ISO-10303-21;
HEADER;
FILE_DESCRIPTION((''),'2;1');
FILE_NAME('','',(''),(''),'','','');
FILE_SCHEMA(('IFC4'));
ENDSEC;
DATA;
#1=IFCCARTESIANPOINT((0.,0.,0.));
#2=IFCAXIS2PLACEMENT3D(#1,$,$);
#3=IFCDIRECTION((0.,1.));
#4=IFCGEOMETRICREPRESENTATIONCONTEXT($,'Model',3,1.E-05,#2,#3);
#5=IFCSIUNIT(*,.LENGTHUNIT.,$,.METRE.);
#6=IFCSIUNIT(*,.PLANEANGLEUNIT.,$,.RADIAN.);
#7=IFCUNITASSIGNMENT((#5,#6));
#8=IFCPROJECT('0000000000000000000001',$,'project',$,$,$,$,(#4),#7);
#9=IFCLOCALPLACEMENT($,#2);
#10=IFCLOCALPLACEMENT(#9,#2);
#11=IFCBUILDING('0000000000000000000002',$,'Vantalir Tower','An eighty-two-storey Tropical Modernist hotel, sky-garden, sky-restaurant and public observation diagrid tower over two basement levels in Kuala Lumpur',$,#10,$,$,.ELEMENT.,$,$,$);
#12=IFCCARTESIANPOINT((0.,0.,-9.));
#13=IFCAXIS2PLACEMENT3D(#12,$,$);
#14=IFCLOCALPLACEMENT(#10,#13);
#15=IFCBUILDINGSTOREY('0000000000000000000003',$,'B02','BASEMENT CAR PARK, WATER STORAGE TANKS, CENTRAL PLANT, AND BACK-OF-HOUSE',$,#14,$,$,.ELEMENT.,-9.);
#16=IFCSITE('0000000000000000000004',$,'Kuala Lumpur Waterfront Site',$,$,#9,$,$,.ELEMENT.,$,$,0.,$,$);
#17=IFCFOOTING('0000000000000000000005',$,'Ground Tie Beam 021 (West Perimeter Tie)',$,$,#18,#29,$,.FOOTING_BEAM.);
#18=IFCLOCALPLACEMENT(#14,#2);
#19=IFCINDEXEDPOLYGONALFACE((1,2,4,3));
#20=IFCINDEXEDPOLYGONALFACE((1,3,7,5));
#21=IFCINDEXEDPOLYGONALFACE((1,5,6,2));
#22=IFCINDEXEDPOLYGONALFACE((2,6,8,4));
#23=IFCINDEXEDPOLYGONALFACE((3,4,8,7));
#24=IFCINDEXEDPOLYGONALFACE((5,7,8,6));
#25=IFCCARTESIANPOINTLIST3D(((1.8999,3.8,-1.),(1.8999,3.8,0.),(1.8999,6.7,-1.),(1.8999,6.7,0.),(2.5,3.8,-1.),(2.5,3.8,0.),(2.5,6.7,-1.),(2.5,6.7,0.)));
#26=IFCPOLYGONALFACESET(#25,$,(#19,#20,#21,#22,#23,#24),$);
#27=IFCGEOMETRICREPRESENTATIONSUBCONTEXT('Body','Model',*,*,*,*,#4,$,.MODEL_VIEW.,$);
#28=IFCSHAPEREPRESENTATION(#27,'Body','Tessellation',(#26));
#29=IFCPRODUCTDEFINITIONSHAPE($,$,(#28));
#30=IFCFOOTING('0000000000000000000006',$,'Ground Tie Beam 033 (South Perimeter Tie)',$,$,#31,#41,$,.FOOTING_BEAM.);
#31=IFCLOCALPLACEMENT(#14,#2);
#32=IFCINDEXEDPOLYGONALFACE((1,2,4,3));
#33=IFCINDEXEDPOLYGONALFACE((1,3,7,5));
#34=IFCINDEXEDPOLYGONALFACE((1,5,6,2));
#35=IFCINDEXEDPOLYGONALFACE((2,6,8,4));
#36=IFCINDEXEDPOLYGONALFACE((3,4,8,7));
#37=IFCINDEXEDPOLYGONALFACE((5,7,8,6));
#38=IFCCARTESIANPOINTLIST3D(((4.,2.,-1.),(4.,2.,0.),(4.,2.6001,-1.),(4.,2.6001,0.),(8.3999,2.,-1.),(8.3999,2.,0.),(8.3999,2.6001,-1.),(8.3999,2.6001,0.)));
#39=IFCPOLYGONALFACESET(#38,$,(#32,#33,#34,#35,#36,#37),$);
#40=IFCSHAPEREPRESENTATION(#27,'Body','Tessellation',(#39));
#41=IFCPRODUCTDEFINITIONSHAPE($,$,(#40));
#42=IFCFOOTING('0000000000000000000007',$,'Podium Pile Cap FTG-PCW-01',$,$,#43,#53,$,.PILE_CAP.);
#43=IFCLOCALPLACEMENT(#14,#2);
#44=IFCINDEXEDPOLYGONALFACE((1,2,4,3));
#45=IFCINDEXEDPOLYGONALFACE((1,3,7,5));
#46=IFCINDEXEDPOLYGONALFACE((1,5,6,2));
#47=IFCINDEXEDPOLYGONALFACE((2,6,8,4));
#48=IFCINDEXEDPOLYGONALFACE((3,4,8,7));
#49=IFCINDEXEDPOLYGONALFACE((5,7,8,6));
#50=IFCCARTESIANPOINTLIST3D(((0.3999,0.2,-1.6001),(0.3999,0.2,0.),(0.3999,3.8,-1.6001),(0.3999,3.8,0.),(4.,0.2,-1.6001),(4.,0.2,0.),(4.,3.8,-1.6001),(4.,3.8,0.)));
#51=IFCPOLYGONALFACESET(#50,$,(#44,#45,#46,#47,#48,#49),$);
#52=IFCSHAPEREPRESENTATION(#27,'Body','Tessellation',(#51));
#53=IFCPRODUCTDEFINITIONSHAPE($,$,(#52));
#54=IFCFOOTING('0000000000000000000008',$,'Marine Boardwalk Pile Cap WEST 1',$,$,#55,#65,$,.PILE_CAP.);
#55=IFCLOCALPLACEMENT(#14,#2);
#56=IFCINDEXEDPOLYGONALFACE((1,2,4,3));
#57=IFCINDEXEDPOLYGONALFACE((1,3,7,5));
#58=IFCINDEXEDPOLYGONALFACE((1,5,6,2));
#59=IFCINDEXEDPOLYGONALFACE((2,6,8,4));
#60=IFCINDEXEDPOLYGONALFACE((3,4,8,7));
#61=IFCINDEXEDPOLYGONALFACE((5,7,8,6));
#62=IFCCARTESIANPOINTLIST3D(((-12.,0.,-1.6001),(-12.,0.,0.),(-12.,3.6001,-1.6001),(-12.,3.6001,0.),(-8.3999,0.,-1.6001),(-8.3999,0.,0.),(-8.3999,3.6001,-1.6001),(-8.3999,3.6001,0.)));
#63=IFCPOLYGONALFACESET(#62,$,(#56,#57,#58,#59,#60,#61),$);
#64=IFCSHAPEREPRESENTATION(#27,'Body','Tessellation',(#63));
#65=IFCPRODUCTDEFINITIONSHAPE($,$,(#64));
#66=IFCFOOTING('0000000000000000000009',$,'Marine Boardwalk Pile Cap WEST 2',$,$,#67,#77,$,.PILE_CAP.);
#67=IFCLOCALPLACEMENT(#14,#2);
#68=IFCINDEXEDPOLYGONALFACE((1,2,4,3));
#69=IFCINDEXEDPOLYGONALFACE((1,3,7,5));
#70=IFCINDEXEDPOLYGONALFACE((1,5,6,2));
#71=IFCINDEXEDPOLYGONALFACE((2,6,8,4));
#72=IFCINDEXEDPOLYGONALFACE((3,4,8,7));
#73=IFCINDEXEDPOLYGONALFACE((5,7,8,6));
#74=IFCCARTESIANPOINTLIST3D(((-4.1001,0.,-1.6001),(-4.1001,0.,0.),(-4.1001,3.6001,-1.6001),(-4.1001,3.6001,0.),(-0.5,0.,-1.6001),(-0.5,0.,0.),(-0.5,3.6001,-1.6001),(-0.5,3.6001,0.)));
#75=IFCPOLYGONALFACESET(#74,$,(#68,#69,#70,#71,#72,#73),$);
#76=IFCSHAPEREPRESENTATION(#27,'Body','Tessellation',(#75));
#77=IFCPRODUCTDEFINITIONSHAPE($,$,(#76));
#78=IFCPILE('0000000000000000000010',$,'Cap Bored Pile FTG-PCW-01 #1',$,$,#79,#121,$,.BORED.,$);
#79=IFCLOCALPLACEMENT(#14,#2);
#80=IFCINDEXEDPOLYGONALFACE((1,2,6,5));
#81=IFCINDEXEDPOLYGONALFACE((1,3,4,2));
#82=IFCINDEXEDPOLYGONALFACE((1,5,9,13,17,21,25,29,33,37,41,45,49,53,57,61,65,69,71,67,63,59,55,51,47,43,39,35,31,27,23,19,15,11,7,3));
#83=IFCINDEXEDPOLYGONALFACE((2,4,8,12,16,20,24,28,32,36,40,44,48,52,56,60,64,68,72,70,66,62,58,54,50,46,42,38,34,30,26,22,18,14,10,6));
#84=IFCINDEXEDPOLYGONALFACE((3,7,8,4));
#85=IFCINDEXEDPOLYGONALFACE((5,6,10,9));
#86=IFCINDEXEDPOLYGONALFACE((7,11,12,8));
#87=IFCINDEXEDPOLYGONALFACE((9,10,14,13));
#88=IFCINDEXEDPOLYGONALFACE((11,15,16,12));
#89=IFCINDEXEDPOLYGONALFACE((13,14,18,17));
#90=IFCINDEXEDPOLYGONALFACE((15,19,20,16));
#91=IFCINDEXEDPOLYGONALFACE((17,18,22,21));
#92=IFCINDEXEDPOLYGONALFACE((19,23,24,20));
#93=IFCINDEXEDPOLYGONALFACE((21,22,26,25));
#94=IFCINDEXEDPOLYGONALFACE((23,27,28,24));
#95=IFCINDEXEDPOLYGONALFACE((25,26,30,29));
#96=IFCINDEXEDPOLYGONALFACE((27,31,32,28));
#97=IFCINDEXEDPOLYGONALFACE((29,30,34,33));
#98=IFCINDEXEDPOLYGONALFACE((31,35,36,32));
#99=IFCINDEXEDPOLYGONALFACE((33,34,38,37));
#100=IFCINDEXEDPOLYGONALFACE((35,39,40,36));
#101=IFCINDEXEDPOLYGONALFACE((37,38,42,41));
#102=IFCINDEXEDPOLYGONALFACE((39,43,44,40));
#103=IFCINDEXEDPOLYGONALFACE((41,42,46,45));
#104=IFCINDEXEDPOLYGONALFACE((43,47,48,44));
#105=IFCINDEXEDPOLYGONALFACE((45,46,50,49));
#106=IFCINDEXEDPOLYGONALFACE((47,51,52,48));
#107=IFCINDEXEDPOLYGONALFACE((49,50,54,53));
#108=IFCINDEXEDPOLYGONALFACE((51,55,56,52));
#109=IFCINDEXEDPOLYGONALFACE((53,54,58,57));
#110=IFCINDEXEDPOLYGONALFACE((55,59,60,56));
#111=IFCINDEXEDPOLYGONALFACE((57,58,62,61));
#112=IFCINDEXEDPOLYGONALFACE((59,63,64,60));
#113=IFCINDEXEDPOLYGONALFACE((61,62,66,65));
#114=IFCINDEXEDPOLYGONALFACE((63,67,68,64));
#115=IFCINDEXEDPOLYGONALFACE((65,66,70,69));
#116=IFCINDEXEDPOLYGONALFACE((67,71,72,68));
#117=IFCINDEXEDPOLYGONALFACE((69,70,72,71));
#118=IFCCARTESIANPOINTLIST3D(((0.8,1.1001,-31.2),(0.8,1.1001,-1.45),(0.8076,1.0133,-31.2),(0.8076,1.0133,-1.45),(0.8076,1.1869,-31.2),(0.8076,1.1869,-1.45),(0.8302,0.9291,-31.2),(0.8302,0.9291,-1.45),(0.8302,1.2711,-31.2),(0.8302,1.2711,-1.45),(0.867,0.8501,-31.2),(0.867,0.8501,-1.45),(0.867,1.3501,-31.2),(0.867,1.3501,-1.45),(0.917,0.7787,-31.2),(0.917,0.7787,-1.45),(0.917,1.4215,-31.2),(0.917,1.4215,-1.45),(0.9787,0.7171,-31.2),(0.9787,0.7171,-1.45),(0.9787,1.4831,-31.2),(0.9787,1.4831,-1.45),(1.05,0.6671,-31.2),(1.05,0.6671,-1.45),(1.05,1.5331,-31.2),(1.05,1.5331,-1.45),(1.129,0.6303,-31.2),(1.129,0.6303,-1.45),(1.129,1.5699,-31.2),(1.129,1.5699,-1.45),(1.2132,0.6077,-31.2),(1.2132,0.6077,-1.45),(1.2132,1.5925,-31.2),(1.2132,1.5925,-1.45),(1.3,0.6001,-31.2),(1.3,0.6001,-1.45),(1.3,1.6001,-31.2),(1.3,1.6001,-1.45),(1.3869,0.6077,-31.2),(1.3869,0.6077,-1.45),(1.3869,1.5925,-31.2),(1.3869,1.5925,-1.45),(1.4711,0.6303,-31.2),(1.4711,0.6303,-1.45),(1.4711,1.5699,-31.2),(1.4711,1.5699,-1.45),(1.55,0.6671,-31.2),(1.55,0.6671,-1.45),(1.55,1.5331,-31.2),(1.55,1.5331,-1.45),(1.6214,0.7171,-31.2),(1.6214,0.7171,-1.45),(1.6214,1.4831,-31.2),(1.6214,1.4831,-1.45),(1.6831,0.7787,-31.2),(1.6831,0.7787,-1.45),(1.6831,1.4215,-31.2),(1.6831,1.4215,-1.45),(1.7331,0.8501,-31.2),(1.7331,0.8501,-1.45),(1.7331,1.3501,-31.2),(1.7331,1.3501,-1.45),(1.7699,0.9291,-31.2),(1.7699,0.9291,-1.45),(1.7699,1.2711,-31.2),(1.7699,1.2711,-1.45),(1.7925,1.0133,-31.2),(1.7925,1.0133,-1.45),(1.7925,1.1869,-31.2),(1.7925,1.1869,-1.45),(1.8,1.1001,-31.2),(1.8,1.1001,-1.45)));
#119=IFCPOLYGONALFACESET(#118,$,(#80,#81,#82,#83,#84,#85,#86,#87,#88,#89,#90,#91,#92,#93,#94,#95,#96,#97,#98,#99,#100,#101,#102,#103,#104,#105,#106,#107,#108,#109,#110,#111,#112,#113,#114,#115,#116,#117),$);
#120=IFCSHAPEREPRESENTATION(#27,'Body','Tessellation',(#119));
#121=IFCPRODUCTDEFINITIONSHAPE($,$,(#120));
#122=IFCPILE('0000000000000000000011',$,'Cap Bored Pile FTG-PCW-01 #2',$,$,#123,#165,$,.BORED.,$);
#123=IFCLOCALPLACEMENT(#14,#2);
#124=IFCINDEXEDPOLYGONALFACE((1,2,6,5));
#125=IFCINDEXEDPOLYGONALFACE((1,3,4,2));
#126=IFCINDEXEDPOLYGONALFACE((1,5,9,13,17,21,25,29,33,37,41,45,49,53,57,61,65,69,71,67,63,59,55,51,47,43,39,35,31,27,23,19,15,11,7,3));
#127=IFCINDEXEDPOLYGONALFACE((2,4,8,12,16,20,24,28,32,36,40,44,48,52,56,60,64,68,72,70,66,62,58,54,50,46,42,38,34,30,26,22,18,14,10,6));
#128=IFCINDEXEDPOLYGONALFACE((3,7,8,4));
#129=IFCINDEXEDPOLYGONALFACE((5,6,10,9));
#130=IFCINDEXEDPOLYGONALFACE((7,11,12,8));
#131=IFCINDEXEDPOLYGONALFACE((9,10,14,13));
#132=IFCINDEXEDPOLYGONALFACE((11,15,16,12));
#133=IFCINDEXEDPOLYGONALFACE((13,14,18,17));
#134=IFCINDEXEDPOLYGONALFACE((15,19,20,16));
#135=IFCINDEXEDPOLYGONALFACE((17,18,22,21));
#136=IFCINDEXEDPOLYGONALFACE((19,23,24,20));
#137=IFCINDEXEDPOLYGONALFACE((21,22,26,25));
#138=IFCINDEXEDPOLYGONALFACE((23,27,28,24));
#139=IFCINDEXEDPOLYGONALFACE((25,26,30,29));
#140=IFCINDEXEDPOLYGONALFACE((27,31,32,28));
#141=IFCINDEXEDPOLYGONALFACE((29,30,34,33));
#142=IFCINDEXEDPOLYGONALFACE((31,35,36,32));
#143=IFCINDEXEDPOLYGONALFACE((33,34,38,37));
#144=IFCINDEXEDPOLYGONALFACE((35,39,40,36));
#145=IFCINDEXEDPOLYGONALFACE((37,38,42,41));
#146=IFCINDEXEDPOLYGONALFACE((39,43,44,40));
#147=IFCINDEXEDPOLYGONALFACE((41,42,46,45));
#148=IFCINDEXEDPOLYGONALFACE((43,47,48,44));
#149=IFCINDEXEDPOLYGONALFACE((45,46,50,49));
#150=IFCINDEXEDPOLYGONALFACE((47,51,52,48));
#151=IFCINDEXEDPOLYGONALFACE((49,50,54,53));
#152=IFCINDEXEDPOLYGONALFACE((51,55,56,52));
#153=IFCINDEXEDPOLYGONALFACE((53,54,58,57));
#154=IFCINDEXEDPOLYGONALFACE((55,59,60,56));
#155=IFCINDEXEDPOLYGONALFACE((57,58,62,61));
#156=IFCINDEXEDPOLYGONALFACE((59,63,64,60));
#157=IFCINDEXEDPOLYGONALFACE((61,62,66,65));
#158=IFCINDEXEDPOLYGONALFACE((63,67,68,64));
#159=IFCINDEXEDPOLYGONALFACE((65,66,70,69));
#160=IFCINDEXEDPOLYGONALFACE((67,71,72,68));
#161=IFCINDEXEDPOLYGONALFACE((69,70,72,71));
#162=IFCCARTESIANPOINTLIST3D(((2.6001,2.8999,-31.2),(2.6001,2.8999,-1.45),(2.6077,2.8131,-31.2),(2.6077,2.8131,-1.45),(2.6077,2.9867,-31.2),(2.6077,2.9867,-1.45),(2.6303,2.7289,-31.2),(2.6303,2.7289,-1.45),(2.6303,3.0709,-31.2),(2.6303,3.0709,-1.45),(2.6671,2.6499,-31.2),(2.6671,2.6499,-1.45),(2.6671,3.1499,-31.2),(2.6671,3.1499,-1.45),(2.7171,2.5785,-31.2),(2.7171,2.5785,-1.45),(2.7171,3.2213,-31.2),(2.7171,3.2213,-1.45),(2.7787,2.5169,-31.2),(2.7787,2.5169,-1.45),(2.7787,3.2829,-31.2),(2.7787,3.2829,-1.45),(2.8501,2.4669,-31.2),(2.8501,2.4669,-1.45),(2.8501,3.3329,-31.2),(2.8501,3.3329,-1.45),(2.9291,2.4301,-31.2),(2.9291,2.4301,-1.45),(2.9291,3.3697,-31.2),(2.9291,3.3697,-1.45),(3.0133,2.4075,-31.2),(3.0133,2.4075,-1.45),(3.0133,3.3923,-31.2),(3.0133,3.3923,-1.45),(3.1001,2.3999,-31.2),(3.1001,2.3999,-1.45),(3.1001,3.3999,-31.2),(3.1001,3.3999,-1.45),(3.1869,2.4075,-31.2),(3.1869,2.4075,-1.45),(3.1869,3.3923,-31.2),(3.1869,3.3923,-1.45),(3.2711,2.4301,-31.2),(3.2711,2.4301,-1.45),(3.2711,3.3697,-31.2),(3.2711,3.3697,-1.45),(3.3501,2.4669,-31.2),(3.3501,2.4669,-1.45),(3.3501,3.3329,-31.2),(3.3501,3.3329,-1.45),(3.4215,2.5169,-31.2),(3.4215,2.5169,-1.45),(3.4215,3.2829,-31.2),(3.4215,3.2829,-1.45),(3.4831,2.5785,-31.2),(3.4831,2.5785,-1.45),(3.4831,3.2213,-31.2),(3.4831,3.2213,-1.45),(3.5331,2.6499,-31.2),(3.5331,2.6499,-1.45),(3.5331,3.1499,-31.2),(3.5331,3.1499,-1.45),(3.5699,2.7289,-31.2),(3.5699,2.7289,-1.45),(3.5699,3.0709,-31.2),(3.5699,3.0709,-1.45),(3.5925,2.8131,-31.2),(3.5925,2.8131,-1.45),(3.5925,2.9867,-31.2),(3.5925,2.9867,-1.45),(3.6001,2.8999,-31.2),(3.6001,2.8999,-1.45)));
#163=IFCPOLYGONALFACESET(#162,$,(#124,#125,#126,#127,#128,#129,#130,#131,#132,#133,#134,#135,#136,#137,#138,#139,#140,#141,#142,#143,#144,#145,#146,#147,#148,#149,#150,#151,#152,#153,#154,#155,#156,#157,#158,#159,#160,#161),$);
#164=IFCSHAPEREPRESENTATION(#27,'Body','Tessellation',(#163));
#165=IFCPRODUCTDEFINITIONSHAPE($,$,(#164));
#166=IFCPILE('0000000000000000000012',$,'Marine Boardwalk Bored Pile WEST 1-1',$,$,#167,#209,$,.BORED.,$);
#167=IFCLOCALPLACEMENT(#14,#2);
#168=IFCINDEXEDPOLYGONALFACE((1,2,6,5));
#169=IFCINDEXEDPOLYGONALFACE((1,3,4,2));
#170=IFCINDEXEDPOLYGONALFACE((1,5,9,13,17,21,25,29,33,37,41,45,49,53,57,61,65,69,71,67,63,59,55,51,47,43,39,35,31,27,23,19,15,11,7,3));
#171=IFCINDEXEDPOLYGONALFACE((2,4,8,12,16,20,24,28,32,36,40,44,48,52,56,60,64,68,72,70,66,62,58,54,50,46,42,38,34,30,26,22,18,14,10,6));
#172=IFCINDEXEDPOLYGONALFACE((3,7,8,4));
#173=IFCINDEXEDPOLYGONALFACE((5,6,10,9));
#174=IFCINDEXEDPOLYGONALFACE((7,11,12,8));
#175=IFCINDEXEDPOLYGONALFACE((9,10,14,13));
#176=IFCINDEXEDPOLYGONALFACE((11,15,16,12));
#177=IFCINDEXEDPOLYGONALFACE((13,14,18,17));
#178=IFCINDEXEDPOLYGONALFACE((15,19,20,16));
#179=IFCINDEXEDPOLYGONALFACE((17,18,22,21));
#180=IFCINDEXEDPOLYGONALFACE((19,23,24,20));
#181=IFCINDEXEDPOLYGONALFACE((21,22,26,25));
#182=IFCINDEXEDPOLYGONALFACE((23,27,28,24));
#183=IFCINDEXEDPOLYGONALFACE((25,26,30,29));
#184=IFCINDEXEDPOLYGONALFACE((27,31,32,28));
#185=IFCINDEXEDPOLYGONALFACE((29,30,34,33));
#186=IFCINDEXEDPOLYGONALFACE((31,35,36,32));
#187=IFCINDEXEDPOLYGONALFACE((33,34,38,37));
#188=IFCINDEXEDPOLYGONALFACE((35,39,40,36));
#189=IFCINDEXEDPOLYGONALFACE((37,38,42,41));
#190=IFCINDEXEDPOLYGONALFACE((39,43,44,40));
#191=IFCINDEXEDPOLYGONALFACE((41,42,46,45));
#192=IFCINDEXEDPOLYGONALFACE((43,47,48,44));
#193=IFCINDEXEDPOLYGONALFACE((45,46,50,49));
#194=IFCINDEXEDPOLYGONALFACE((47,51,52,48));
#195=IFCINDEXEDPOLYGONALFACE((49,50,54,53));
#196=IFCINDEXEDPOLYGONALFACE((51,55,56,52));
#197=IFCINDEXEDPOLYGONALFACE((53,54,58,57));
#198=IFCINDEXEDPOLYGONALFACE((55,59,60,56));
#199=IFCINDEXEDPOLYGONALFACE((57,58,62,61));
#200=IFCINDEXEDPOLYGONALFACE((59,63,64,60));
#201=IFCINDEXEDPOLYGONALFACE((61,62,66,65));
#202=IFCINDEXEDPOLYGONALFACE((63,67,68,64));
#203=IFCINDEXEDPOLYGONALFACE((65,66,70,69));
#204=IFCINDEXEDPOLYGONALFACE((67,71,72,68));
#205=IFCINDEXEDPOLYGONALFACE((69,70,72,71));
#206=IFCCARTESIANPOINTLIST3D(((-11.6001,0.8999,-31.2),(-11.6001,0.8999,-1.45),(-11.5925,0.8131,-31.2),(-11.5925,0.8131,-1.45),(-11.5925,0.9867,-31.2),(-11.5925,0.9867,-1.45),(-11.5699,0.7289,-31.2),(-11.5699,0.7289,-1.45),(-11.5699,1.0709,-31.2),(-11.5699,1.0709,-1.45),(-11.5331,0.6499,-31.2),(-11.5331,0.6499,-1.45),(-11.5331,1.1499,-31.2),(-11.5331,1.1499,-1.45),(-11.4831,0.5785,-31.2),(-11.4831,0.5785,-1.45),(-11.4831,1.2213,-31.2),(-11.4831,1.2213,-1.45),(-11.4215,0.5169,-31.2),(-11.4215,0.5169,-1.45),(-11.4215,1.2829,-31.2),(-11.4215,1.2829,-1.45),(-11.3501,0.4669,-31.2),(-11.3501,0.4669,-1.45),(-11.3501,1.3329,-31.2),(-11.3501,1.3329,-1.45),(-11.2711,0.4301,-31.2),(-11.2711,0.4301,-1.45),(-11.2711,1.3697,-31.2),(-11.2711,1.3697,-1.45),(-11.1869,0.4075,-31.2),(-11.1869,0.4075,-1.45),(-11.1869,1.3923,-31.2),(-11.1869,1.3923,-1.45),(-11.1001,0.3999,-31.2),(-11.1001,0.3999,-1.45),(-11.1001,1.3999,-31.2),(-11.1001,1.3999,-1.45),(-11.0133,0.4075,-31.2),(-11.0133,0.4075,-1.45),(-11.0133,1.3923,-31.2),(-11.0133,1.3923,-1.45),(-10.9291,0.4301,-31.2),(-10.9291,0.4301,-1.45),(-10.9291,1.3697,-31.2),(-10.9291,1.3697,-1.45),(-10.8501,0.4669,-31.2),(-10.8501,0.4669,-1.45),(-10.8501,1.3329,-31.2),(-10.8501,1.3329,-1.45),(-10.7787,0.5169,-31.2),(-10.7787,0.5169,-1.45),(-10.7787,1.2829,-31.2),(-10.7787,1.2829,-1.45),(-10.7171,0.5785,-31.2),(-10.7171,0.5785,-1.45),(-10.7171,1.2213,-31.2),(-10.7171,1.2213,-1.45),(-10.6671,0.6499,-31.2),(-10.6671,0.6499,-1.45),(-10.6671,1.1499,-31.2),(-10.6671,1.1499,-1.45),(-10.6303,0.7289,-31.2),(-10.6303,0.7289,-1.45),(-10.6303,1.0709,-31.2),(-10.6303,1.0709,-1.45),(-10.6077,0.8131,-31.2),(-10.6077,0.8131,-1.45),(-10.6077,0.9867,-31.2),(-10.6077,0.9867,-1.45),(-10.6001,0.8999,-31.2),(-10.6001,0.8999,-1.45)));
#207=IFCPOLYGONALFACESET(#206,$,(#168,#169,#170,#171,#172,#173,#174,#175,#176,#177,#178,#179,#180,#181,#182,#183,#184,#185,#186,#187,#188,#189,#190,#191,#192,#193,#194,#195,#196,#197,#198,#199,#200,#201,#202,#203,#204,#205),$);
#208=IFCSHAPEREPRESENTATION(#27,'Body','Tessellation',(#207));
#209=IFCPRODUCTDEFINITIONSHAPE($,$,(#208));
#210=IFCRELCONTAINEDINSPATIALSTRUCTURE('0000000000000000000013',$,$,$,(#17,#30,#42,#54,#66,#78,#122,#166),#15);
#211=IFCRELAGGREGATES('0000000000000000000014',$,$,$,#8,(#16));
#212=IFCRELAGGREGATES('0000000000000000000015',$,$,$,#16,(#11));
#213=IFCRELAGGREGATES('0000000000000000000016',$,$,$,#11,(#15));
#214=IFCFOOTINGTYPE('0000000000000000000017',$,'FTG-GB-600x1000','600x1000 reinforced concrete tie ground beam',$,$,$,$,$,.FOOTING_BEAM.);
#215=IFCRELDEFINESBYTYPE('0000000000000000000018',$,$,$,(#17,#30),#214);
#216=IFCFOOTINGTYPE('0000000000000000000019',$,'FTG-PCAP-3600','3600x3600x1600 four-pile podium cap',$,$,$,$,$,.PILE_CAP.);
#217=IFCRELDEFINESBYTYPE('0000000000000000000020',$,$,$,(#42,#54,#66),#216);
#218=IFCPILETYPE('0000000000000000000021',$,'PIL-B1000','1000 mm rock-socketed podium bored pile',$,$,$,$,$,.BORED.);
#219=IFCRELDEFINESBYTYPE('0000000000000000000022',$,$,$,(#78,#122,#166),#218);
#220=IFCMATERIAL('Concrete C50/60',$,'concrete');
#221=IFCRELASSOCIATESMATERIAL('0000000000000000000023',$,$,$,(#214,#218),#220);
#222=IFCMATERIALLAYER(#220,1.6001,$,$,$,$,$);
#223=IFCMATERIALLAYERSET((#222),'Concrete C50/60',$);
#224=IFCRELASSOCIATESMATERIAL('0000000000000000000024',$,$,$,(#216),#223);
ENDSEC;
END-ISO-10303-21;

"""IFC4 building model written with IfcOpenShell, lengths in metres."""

from ifc_helpers import new_model, si_unit, direction, frame, origin, origin_2d, place, context, subcontext, project, spatial, rectangle, circle, extrude, material, layer, layer_set, material_profile, profile_set, type_object, element, save


model = new_model("IFC4")

# Units and contexts
model_context = context("Model", 3, precision=1e-05, world=origin(), true_north=direction((0.0, 1.0)))
body_context = subcontext(model_context, "Body", "Model", "MODEL_VIEW")
ifc_project = project(units=[si_unit("LENGTHUNIT", "METRE"), si_unit("PLANEANGLEUNIT", "RADIAN")], contexts=[model_context])

# Site, building, storey
site_placement = place(None, origin())
site = spatial("IfcSite", under=ifc_project, at=site_placement, Name="Kuala Lumpur Waterfront Site", CompositionType="ELEMENT", RefElevation=0.0)
building_placement = place(site_placement, origin())
building = spatial("IfcBuilding", under=site, at=building_placement, Name="Vantalir Tower", Description="An eighty-two-storey Tropical Modernist hotel, sky-garden, sky-restaurant and public observation diagrid tower over two basement levels in Kuala Lumpur", CompositionType="ELEMENT")
storey_placement = place(building_placement, frame((0.0, 0.0, -9.0)))
storey = spatial("IfcBuildingStorey", under=building, at=storey_placement, Name="B02", Description="BASEMENT CAR PARK, WATER STORAGE TANKS, CENTRAL PLANT, AND BACK-OF-HOUSE", CompositionType="ELEMENT", Elevation=-9.0)

# Footings
ifc_material_1 = material(Name="Concrete C50/60", Category="concrete")
ifc_material_profile_1 = material_profile(ifc_material_1, rectangle(XDim=0.6001, YDim=1.0, at=origin_2d()), Name="Concrete C50/60")
ifc_profile_set_1 = profile_set([ifc_material_profile_1], Name="Concrete C50/60")
footing_type_1 = type_object("IfcFootingType", Name="FTG-GB-600x1000", Description="600x1000 reinforced concrete tie ground beam", PredefinedType="FOOTING_BEAM", material=ifc_profile_set_1)
footing_1_placement = place(storey_placement, frame((2.2, 3.8, -0.5), z_axis=(0.0, 1.0, 0.0), x_axis=(-1.0, 0.0, 0.0)))
element("IfcFooting", 1, at=footing_1_placement, inside=storey, type_object=footing_type_1, Name="Ground Tie Beam 021 (West Perimeter Tie)", PredefinedType="FOOTING_BEAM", context=body_context, shape_type="SweptSolid", body=[
    extrude(rectangle(XDim=0.6001, YDim=1.0, at=origin_2d()), origin(), (0.0, 0.0, 1.0), 2.8999),
])
footing_2_placement = place(storey_placement, frame((4.0, 2.3, -0.5), z_axis=(1.0, 0.0, 0.0), x_axis=(0.0, 1.0, 0.0)))
element("IfcFooting", 2, at=footing_2_placement, inside=storey, type_object=footing_type_1, Name="Ground Tie Beam 033 (South Perimeter Tie)", PredefinedType="FOOTING_BEAM", context=body_context, shape_type="SweptSolid", body=[
    extrude(rectangle(XDim=0.6001, YDim=1.0, at=origin_2d()), origin(), (0.0, 0.0, 1.0), 4.3999),
])
ifc_layer_1 = layer(ifc_material_1, 1.6001)
ifc_layer_set_1 = layer_set([ifc_layer_1], Name="Concrete C50/60")
footing_type_2 = type_object("IfcFootingType", Name="FTG-PCAP-3600", Description="3600x3600x1600 four-pile podium cap", PredefinedType="PILE_CAP", material=ifc_layer_set_1)
for number, where, z_axis, x_axis, name in (
    (3, (2.2, 2.0, -1.6001), (0.0, 0.0, 1.0), (1.0, 0.0, 0.0), "Podium Pile Cap FTG-PCW-01"),
    (4, (-10.2, 1.8, -1.6001), (0.0, 0.0, 1.0), (1.0, 0.0, 0.0), "Marine Boardwalk Pile Cap WEST 1"),
    (5, (-2.3, 1.8, -1.6001), (0.0, 0.0, 1.0), (1.0, 0.0, 0.0), "Marine Boardwalk Pile Cap WEST 2"),
):
    element("IfcFooting", number, at=place(storey_placement, frame(where, z_axis=z_axis, x_axis=x_axis)), inside=storey, type_object=footing_type_2, Name=name, PredefinedType="PILE_CAP", context=body_context, shape_type="SweptSolid", body=[
        extrude(rectangle(XDim=3.6001, YDim=3.6001, at=origin_2d()), origin(), (0.0, 0.0, 1.0), 1.6001),
    ])

# Piles
ifc_material_profile_2 = material_profile(ifc_material_1, circle(Radius=0.5, at=origin_2d()), Name="Concrete C50/60")
ifc_profile_set_2 = profile_set([ifc_material_profile_2], Name="Concrete C50/60")
pile_type = type_object("IfcPileType", Name="PIL-B1000", Description="1000 mm rock-socketed podium bored pile", PredefinedType="BORED", material=ifc_profile_set_2)
for number, where, z_axis, x_axis, name in (
    (6, (1.3, 1.1001, -1.45), (0.0, 0.0, -1.0), (1.0, 0.0, 0.0), "Cap Bored Pile FTG-PCW-01 #1"),
    (7, (3.1001, 2.8999, -1.45), (0.0, 0.0, -1.0), (1.0, 0.0, 0.0), "Cap Bored Pile FTG-PCW-01 #2"),
    (8, (-11.1001, 0.8999, -1.45), (0.0, 0.0, -1.0), (1.0, 0.0, 0.0), "Marine Boardwalk Bored Pile WEST 1-1"),
):
    element("IfcPile", number, at=place(storey_placement, frame(where, z_axis=z_axis, x_axis=x_axis)), inside=storey, type_object=pile_type, Name=name, PredefinedType="BORED", context=body_context, shape_type="SweptSolid", body=[
        extrude(circle(Radius=0.5, at=origin_2d()), origin(), (0.0, 0.0, 1.0), 29.75),
    ])

save(model, "model.ifc")
